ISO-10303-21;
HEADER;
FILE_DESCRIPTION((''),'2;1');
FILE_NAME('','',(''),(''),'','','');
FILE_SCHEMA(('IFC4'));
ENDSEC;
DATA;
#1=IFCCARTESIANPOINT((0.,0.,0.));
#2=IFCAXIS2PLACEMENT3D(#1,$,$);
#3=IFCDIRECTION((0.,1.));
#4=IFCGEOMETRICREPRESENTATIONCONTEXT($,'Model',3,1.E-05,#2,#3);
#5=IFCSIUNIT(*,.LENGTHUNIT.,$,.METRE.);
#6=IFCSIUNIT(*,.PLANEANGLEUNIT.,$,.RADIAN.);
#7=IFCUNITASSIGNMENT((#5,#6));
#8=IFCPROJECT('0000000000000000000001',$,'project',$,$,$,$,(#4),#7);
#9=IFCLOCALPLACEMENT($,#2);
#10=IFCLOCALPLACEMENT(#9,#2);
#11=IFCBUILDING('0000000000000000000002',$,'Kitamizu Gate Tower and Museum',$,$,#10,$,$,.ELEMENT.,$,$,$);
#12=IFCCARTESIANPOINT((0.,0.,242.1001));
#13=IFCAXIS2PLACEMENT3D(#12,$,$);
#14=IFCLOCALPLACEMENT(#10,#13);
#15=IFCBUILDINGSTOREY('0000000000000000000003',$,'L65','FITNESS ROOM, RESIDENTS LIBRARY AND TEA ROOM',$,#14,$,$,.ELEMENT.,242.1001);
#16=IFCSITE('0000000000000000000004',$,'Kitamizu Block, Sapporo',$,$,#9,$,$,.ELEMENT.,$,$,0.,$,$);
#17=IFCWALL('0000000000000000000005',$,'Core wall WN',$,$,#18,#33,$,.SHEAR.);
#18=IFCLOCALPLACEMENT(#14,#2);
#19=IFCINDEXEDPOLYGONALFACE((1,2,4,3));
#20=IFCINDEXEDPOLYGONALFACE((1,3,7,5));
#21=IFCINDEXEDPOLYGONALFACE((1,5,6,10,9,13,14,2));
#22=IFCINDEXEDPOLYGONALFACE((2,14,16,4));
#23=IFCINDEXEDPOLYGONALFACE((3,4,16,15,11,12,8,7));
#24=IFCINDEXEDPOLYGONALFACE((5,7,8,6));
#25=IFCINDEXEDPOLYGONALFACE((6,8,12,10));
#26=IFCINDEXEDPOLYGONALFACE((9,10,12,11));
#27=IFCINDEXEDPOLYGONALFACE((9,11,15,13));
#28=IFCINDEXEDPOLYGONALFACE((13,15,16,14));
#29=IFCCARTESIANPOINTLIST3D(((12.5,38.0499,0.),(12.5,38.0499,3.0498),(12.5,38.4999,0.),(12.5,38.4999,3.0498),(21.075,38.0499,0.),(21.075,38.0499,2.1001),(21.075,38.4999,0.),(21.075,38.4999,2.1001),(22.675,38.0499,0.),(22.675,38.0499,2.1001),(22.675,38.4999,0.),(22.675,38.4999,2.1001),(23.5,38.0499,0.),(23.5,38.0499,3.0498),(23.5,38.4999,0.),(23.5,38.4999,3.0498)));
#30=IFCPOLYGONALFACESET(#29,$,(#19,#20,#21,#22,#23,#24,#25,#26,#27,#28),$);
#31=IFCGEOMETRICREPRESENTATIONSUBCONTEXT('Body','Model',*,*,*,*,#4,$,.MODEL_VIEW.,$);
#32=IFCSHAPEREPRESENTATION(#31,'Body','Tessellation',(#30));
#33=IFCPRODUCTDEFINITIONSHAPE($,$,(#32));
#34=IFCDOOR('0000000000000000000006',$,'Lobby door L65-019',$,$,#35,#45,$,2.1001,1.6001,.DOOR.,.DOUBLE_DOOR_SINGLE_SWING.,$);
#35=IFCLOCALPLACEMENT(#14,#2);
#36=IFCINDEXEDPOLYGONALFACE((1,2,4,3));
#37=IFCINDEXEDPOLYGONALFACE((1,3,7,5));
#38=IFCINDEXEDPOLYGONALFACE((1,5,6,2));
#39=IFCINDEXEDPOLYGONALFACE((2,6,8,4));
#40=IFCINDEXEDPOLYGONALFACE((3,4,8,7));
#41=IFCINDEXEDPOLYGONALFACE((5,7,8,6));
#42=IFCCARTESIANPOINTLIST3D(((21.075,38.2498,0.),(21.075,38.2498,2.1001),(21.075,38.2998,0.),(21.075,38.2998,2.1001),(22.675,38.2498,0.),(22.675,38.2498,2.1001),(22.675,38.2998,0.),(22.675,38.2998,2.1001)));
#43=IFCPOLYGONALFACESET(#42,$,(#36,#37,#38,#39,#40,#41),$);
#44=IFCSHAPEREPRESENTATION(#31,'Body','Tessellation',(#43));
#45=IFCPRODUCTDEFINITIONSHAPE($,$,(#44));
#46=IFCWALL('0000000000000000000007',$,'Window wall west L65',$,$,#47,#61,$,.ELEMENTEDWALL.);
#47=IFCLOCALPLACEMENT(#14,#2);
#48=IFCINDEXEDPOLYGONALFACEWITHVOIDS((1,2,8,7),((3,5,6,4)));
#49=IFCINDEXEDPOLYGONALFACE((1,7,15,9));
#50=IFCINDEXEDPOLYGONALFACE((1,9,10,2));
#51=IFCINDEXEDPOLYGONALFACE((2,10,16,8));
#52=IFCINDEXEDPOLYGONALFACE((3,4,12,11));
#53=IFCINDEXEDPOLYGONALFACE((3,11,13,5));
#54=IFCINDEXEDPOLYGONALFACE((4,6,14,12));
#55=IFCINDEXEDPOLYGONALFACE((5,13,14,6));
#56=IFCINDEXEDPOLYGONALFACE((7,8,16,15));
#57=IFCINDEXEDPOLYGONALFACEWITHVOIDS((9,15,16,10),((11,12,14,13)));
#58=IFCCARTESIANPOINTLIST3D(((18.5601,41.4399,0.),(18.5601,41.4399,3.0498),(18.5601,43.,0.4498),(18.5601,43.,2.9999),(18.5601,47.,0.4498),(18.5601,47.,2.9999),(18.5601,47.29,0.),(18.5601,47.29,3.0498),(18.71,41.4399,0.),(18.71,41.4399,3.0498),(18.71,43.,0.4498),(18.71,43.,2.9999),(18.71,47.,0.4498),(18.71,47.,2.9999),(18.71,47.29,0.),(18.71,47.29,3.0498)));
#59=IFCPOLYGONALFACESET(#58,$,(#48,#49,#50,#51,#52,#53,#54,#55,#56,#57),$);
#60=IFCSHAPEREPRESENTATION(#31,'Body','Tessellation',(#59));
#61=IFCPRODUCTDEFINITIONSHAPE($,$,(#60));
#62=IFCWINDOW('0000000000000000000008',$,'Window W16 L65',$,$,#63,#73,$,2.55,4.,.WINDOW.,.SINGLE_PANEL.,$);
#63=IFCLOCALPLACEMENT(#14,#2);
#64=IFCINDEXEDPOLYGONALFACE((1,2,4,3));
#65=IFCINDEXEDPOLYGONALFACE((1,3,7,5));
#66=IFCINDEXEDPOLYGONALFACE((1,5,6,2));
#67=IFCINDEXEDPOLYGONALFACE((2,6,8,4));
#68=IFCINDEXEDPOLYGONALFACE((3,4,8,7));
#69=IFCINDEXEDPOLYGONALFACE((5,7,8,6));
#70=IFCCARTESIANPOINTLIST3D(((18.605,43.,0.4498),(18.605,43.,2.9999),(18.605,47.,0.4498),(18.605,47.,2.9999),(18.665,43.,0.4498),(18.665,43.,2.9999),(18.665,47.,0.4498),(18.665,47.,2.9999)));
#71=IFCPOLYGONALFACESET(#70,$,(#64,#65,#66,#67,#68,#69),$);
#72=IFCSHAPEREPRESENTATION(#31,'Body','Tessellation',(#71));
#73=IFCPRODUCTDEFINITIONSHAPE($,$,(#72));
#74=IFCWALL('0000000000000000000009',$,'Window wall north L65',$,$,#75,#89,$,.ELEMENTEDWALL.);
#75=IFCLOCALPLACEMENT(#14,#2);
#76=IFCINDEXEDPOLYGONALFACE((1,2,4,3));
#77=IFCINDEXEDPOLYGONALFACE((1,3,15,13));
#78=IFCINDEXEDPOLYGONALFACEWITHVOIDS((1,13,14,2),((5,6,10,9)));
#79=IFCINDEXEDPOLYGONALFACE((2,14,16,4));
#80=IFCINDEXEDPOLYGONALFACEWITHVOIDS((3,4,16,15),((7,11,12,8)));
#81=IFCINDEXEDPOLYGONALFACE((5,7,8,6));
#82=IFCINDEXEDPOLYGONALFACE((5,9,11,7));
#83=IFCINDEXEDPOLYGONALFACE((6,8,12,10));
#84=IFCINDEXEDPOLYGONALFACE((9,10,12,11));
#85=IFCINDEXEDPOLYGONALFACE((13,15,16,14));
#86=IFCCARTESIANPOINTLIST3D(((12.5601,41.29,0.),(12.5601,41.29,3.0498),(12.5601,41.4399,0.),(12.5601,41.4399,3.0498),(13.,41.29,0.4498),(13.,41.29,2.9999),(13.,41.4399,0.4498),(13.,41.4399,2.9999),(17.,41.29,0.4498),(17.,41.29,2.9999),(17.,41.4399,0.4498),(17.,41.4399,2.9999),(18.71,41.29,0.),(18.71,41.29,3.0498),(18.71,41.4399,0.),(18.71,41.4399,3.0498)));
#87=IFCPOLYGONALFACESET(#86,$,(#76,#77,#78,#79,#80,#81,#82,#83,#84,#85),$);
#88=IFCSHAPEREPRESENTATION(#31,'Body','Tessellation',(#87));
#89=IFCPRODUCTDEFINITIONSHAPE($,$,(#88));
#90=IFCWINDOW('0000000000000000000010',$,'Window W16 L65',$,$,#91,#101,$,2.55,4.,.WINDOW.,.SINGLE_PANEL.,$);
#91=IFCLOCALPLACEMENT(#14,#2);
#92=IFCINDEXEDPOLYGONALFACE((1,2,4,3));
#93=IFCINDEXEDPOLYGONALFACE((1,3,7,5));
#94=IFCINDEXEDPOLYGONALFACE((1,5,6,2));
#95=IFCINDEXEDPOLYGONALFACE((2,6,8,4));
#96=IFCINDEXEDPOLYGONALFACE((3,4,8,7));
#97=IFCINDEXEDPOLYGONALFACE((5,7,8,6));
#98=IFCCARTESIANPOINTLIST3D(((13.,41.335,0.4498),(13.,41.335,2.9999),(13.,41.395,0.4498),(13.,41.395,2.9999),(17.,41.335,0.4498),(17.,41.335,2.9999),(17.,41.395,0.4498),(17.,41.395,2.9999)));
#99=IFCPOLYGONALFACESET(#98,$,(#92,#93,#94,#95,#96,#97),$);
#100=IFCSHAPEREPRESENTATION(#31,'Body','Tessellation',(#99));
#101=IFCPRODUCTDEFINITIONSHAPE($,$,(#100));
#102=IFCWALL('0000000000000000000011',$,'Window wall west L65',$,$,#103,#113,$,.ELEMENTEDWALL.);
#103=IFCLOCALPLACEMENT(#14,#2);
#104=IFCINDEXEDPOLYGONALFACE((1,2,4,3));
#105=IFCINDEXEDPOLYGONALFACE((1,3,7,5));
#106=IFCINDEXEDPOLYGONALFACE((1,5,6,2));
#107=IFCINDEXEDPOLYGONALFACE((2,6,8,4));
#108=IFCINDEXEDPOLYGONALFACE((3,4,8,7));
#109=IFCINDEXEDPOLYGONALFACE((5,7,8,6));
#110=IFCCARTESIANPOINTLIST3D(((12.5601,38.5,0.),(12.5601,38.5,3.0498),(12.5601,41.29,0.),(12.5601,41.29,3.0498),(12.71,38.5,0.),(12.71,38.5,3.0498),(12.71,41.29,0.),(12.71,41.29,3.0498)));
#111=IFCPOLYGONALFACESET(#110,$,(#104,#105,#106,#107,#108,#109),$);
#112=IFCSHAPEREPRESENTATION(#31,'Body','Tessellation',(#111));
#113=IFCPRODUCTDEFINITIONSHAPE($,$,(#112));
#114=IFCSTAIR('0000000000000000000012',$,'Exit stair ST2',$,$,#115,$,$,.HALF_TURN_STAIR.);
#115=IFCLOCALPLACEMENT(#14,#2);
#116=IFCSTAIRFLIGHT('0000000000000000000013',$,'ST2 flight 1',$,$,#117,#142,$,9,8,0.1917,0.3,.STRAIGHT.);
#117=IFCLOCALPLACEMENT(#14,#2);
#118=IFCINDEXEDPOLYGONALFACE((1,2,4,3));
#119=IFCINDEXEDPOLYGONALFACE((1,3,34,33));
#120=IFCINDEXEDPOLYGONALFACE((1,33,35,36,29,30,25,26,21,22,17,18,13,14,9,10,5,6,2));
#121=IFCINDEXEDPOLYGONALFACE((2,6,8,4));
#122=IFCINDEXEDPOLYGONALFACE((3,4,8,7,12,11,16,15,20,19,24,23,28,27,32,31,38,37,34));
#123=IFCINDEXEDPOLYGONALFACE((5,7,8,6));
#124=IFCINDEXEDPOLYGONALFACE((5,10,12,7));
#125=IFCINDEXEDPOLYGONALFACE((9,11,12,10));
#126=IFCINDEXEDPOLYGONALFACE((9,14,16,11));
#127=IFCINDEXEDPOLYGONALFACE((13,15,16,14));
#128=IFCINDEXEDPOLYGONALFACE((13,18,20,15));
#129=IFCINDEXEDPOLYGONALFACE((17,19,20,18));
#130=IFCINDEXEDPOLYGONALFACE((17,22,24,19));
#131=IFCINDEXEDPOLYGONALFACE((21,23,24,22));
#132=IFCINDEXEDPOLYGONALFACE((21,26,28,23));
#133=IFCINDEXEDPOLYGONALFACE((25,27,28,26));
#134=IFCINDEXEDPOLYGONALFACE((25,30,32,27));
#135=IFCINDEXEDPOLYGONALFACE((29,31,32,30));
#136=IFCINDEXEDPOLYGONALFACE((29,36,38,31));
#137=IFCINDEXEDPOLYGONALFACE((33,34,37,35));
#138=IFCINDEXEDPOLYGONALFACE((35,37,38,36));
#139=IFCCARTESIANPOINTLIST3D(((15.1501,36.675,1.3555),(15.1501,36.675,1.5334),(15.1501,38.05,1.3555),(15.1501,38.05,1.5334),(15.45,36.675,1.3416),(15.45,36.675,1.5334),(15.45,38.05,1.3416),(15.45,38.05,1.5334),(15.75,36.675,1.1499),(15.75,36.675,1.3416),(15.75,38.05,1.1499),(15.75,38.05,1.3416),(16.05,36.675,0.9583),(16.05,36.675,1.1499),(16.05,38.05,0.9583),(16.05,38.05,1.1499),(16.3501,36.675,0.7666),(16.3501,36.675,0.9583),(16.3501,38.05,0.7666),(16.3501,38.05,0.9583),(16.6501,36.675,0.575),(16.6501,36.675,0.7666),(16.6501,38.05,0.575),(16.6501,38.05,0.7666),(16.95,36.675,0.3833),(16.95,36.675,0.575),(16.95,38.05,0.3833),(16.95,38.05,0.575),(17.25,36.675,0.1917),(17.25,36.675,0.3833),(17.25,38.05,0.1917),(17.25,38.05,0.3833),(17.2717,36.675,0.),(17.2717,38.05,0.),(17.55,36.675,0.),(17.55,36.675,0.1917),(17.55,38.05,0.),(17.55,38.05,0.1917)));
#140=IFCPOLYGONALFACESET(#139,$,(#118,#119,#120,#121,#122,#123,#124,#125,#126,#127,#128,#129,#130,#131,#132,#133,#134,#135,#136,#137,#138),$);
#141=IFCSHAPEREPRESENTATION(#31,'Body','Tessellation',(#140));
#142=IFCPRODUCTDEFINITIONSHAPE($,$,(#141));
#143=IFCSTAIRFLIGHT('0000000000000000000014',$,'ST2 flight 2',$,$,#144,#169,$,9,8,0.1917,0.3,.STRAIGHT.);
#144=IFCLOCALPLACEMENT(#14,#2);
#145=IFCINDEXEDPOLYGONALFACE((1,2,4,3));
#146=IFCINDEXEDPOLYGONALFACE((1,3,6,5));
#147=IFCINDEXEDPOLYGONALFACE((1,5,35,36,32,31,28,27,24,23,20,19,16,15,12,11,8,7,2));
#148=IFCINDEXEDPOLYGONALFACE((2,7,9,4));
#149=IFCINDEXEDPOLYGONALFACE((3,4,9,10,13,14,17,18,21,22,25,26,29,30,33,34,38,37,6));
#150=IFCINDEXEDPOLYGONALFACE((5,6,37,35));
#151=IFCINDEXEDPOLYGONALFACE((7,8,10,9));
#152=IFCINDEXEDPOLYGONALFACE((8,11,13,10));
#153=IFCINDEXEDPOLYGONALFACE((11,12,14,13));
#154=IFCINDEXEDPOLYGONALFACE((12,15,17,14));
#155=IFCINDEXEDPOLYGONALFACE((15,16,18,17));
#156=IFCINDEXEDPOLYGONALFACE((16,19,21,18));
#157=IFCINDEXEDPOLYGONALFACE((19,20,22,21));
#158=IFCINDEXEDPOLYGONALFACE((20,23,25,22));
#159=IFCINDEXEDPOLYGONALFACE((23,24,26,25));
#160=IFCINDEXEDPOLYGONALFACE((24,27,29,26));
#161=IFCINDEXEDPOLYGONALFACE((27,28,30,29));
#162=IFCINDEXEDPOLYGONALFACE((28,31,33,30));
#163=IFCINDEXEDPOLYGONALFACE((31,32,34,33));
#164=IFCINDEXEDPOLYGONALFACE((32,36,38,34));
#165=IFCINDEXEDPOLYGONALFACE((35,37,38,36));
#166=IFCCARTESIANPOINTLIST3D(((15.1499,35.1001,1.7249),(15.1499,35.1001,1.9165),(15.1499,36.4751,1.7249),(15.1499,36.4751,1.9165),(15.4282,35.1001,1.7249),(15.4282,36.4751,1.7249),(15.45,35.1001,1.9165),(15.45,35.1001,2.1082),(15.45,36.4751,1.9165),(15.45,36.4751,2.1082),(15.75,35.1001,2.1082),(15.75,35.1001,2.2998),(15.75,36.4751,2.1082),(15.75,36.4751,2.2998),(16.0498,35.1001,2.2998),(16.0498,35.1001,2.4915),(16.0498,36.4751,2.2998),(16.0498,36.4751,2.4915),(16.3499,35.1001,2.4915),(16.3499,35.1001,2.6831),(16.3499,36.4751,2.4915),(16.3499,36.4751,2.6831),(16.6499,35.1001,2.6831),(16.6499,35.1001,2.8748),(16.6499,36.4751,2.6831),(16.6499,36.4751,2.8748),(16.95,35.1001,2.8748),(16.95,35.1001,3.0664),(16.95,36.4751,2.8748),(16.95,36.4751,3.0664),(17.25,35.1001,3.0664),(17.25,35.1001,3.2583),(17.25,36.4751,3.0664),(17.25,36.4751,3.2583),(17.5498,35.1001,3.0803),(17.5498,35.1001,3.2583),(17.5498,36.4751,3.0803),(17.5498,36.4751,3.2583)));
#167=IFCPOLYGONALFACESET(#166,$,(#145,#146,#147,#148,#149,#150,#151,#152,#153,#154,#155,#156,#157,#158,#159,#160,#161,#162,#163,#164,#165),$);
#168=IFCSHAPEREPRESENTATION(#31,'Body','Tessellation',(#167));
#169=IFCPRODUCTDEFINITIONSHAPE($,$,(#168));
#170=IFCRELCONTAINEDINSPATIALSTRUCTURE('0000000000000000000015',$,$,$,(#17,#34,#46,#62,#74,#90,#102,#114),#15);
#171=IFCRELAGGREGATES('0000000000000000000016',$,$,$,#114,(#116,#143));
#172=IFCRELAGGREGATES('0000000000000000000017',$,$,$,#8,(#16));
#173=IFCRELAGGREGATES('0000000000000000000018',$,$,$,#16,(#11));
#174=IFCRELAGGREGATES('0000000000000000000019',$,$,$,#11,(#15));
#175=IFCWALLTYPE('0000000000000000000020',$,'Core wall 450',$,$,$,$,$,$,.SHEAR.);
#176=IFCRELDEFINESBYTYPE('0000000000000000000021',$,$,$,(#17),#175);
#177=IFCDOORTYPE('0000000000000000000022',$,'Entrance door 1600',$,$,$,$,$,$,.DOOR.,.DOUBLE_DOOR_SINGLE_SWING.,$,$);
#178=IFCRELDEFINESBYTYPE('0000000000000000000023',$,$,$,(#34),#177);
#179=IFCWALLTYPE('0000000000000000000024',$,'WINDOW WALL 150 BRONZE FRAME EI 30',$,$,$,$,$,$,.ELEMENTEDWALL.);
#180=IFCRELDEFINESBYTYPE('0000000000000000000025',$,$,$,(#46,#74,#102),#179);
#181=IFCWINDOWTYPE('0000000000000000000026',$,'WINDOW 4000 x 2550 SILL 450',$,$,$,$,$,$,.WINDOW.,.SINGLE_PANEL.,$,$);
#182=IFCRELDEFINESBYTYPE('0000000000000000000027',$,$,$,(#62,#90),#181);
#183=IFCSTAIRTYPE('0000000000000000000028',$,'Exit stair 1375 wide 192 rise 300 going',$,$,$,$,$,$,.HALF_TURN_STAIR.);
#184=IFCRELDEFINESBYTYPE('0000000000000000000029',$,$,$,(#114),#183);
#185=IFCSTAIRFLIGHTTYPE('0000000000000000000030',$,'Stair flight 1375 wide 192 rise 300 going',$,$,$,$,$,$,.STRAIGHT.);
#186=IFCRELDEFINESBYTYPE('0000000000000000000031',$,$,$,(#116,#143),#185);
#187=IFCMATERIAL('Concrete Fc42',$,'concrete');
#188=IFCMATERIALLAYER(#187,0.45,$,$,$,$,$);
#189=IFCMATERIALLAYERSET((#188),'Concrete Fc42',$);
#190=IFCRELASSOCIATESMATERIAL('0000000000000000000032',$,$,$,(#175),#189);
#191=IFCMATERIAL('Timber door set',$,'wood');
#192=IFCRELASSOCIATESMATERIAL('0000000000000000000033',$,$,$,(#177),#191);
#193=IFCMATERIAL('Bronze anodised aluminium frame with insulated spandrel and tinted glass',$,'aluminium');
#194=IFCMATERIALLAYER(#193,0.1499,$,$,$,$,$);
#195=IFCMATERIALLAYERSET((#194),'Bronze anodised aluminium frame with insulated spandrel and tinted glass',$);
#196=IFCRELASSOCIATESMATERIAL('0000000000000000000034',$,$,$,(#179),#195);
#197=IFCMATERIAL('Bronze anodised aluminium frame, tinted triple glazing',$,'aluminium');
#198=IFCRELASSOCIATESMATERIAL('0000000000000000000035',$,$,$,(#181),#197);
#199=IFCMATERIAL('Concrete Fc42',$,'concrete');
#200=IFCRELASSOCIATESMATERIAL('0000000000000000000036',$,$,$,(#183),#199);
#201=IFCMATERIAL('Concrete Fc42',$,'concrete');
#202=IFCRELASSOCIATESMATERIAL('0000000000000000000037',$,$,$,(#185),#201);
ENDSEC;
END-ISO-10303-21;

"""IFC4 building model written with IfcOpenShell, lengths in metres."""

from ifc_helpers import new_model, si_unit, direction, frame, frame_2d, origin, place, context, subcontext, project, spatial, polyline, rectangle, outline, extrude, material, layer, layer_set, type_object, element, fill, aggregate, save


model = new_model("IFC4")

# Units and contexts
model_context = context("Model", 3, precision=1e-05, world=origin(), true_north=direction((0.0, 1.0)))
body_context = subcontext(model_context, "Body", "Model", "MODEL_VIEW")
ifc_project = project(units=[si_unit("LENGTHUNIT", "METRE"), si_unit("PLANEANGLEUNIT", "RADIAN")], contexts=[model_context])

# Site, building, storey
site_placement = place(None, origin())
site = spatial("IfcSite", under=ifc_project, at=site_placement, Name="Kitamizu Block, Sapporo", CompositionType="ELEMENT", RefElevation=0.0)
building_placement = place(site_placement, origin())
building = spatial("IfcBuilding", under=site, at=building_placement, Name="Kitamizu Gate Tower and Museum", CompositionType="ELEMENT")
storey_placement = place(building_placement, frame((0.0, 0.0, 242.1001)))
storey = spatial("IfcBuildingStorey", under=building, at=storey_placement, Name="L65", Description="FITNESS ROOM, RESIDENTS LIBRARY AND TEA ROOM", CompositionType="ELEMENT", Elevation=242.1001)

# Wall, opening, door
ifc_material_1 = material(Name="Concrete Fc42", Category="concrete")
ifc_layer_1 = layer(ifc_material_1, 0.45)
ifc_layer_set_1 = layer_set([ifc_layer_1], Name="Concrete Fc42")
wall_type_1 = type_object("IfcWallType", Name="Core wall 450", PredefinedType="SHEAR", material=ifc_layer_set_1)
wall_1_placement = place(storey_placement, frame((12.5, 38.2749, 0.0), z_axis=(0.0, 0.0, 1.0), x_axis=(1.0, 0.0, 0.0)))
wall_1 = element("IfcWall", 1, at=wall_1_placement, inside=storey, type_object=wall_type_1, Name="Core wall WN", PredefinedType="SHEAR", context=body_context, shape_type="SweptSolid", body=[
    extrude(rectangle(XDim=11.0, YDim=0.45, at=frame_2d((5.5, 0.0))), origin(), (0.0, 0.0, 1.0), 3.0498),
])
opening_1_placement = place(wall_1_placement, frame((8.575, 0.0, 0.0)))
opening_1 = element("IfcOpeningElement", 2, at=opening_1_placement, cuts=wall_1, PredefinedType="OPENING", context=body_context, shape_type="SweptSolid", body=[
    extrude(rectangle(XDim=1.6001, YDim=2.1001, at=frame_2d((0.8, 1.05))), frame((0.0, 0.2349, 0.0), z_axis=(0.0, -1.0, 0.0), x_axis=(1.0, 0.0, 0.0)), (0.0, 0.0, 1.0), 0.47),
])
ifc_material_2 = material(Name="Timber door set", Category="wood")
door_type = type_object("IfcDoorType", Name="Entrance door 1600", OperationType="DOUBLE_DOOR_SINGLE_SWING", PredefinedType="DOOR", material=ifc_material_2)
door_placement = place(opening_1_placement, origin())
door = element("IfcDoor", 3, at=door_placement, inside=storey, type_object=door_type, Name="Lobby door L65-019", OperationType="DOUBLE_DOOR_SINGLE_SWING", OverallHeight=2.1001, OverallWidth=1.6001, PredefinedType="DOOR", context=body_context, shape_type="SweptSolid", body=[
    extrude(rectangle(XDim=1.6001, YDim=2.1001, at=frame_2d((0.8, 1.05))), frame((0.0, 0.0249, 0.0), z_axis=(0.0, -1.0, 0.0), x_axis=(1.0, 0.0, 0.0)), (0.0, 0.0, 1.0), 0.05),
])
fill(opening_1, door)

# Shared definitions
ifc_material_3 = material(Name="Bronze anodised aluminium frame with insulated spandrel and tinted glass", Category="aluminium")
ifc_layer_2 = layer(ifc_material_3, 0.1499)
ifc_layer_set_2 = layer_set([ifc_layer_2], Name="Bronze anodised aluminium frame with insulated spandrel and tinted glass")
wall_type_2 = type_object("IfcWallType", Name="WINDOW WALL 150 BRONZE FRAME EI 30", PredefinedType="ELEMENTEDWALL", material=ifc_layer_set_2)

# Walls, openings, windows
wall_2_placement = place(storey_placement, frame((18.635, 41.4399, 0.0), z_axis=(0.0, 0.0, 1.0), x_axis=(0.0, 1.0, 0.0)))
wall_2 = element("IfcWall", 4, at=wall_2_placement, inside=storey, type_object=wall_type_2, Name="Window wall west L65", PredefinedType="ELEMENTEDWALL", context=body_context, shape_type="SweptSolid", body=[
    extrude(rectangle(XDim=5.8501, YDim=0.1499, at=frame_2d((2.925, 0.0))), origin(), (0.0, 0.0, 1.0), 3.0498),
])
opening_2_placement = place(wall_2_placement, frame((1.5601, 0.0, 0.45)))
opening_2 = element("IfcOpeningElement", 5, at=opening_2_placement, cuts=wall_2, PredefinedType="OPENING", context=body_context, shape_type="SweptSolid", body=[
    extrude(rectangle(XDim=4.0, YDim=2.55, at=frame_2d((2.0, 1.2749))), frame((0.0, 0.085, 0.0), z_axis=(0.0, -1.0, 0.0), x_axis=(1.0, 0.0, 0.0)), (0.0, 0.0, 1.0), 0.1699),
])
ifc_material_4 = material(Name="Bronze anodised aluminium frame, tinted triple glazing", Category="aluminium")
window_type_1 = type_object("IfcWindowType", Name="WINDOW 4000 x 2550 SILL 450", PartitioningType="SINGLE_PANEL", PredefinedType="WINDOW", material=ifc_material_4)
window_1_placement = place(opening_2_placement, origin())
window_1 = element("IfcWindow", 6, at=window_1_placement, inside=storey, type_object=window_type_1, Name="Window W16 L65", OverallHeight=2.55, OverallWidth=4.0, PartitioningType="SINGLE_PANEL", PredefinedType="WINDOW", context=body_context, shape_type="SweptSolid", body=[
    extrude(rectangle(XDim=4.0, YDim=2.55, at=frame_2d((2.0, 1.2749))), frame((0.0, 0.03, 0.0), z_axis=(0.0, -1.0, 0.0), x_axis=(1.0, 0.0, 0.0)), (0.0, 0.0, 1.0), 0.0601),
])
fill(opening_2, window_1)
wall_3_placement = place(storey_placement, frame((12.5601, 41.365, 0.0), z_axis=(0.0, 0.0, 1.0), x_axis=(1.0, 0.0, 0.0)))
wall_3 = element("IfcWall", 7, at=wall_3_placement, inside=storey, type_object=wall_type_2, Name="Window wall north L65", PredefinedType="ELEMENTEDWALL", context=body_context, shape_type="SweptSolid", body=[
    extrude(rectangle(XDim=6.1499, YDim=0.1499, at=frame_2d((3.075, 0.0))), origin(), (0.0, 0.0, 1.0), 3.0498),
])
opening_3_placement = place(wall_3_placement, frame((0.4399, 0.0, 0.45)))
opening_3 = element("IfcOpeningElement", 8, at=opening_3_placement, cuts=wall_3, PredefinedType="OPENING", context=body_context, shape_type="SweptSolid", body=[
    extrude(rectangle(XDim=4.0, YDim=2.55, at=frame_2d((2.0, 1.2749))), frame((0.0, 0.085, 0.0), z_axis=(0.0, -1.0, 0.0), x_axis=(1.0, 0.0, 0.0)), (0.0, 0.0, 1.0), 0.1699),
])
window_2_placement = place(opening_3_placement, origin())
window_2 = element("IfcWindow", 9, at=window_2_placement, inside=storey, type_object=window_type_1, Name="Window W16 L65", OverallHeight=2.55, OverallWidth=4.0, PartitioningType="SINGLE_PANEL", PredefinedType="WINDOW", context=body_context, shape_type="SweptSolid", body=[
    extrude(rectangle(XDim=4.0, YDim=2.55, at=frame_2d((2.0, 1.2749))), frame((0.0, 0.03, 0.0), z_axis=(0.0, -1.0, 0.0), x_axis=(1.0, 0.0, 0.0)), (0.0, 0.0, 1.0), 0.0601),
])
fill(opening_3, window_2)

# Wall
wall_4_placement = place(storey_placement, frame((12.635, 38.5, 0.0), z_axis=(0.0, 0.0, 1.0), x_axis=(0.0, 1.0, 0.0)))
element("IfcWall", 10, at=wall_4_placement, inside=storey, type_object=wall_type_2, Name="Window wall west L65", PredefinedType="ELEMENTEDWALL", context=body_context, shape_type="SweptSolid", body=[
    extrude(rectangle(XDim=2.79, YDim=0.1499, at=frame_2d((1.395, 0.0))), origin(), (0.0, 0.0, 1.0), 3.0498),
])

# Stair, stair flights
ifc_material_5 = material(Name="Concrete Fc42", Category="concrete")
stair_type = type_object("IfcStairType", Name="Exit stair 1375 wide 192 rise 300 going", PredefinedType="HALF_TURN_STAIR", material=ifc_material_5)
stair_placement = place(storey_placement, origin())
stair = element("IfcStair", 11, at=stair_placement, inside=storey, type_object=stair_type, Name="Exit stair ST2", PredefinedType="HALF_TURN_STAIR")
ifc_material_6 = material(Name="Concrete Fc42", Category="concrete")
stair_flight_type = type_object("IfcStairFlightType", Name="Stair flight 1375 wide 192 rise 300 going", PredefinedType="STRAIGHT", material=ifc_material_6)
stair_flight_1_placement = place(storey_placement, frame((17.55, 37.3625, 0.0), z_axis=(0.0, 0.0, 1.0), x_axis=(-1.0, 0.0, 0.0)))
stair_flight_1 = element("IfcStairFlight", 12, at=stair_flight_1_placement, type_object=stair_flight_type, Name="ST2 flight 1", NumberOfRisers=9, NumberOfTreads=8, PredefinedType="STRAIGHT", RiserHeight=0.1917, TreadLength=0.3, context=body_context, shape_type="SweptSolid", body=[
    extrude(outline(polyline([(0.0, 0.0), (0.0, 0.1917), (0.3, 0.1917), (0.3, 0.3833), (0.6001, 0.3833), (0.6001, 0.575), (0.8999, 0.575), (0.8999, 0.7666), (1.2, 0.7666), (1.2, 0.9583), (1.5, 0.9583), (1.5, 1.1499), (1.8, 1.1499), (1.8, 1.3416), (2.1001, 1.3416), (2.1001, 1.5334), (2.3999, 1.5334), (2.3999, 1.7251), (2.3999, 1.3555), (0.2783, 0.0), (0.0, 0.0)])), frame((0.0, 0.6875, 0.0), z_axis=(0.0, -1.0, 0.0), x_axis=(1.0, 0.0, 0.0)), (0.0, 0.0, 1.0), 1.375),
])
stair_flight_2_placement = place(storey_placement, frame((15.1499, 35.7876, 1.7249), z_axis=(0.0, 0.0, 1.0), x_axis=(1.0, 0.0, 0.0)))
stair_flight_2 = element("IfcStairFlight", 13, at=stair_flight_2_placement, type_object=stair_flight_type, Name="ST2 flight 2", NumberOfRisers=9, NumberOfTreads=8, PredefinedType="STRAIGHT", RiserHeight=0.1917, TreadLength=0.3, context=body_context, shape_type="SweptSolid", body=[
    extrude(outline(polyline([(0.0, 0.0), (0.0, 0.1917), (0.3, 0.1917), (0.3, 0.3833), (0.6001, 0.3833), (0.6001, 0.575), (0.8999, 0.575), (0.8999, 0.7666), (1.2, 0.7666), (1.2, 0.9583), (1.5, 0.9583), (1.5, 1.1499), (1.8, 1.1499), (1.8, 1.3416), (2.1001, 1.3416), (2.1001, 1.5334), (2.3999, 1.5334), (2.3999, 1.7251), (2.3999, 1.3555), (0.2783, 0.0), (0.0, 0.0)])), frame((0.0, 0.6875, 0.0), z_axis=(0.0, -1.0, 0.0), x_axis=(1.0, 0.0, 0.0)), (0.0, 0.0, 1.0), 1.375),
])
aggregate(stair, [stair_flight_1, stair_flight_2])

save(model, "model.ifc")
